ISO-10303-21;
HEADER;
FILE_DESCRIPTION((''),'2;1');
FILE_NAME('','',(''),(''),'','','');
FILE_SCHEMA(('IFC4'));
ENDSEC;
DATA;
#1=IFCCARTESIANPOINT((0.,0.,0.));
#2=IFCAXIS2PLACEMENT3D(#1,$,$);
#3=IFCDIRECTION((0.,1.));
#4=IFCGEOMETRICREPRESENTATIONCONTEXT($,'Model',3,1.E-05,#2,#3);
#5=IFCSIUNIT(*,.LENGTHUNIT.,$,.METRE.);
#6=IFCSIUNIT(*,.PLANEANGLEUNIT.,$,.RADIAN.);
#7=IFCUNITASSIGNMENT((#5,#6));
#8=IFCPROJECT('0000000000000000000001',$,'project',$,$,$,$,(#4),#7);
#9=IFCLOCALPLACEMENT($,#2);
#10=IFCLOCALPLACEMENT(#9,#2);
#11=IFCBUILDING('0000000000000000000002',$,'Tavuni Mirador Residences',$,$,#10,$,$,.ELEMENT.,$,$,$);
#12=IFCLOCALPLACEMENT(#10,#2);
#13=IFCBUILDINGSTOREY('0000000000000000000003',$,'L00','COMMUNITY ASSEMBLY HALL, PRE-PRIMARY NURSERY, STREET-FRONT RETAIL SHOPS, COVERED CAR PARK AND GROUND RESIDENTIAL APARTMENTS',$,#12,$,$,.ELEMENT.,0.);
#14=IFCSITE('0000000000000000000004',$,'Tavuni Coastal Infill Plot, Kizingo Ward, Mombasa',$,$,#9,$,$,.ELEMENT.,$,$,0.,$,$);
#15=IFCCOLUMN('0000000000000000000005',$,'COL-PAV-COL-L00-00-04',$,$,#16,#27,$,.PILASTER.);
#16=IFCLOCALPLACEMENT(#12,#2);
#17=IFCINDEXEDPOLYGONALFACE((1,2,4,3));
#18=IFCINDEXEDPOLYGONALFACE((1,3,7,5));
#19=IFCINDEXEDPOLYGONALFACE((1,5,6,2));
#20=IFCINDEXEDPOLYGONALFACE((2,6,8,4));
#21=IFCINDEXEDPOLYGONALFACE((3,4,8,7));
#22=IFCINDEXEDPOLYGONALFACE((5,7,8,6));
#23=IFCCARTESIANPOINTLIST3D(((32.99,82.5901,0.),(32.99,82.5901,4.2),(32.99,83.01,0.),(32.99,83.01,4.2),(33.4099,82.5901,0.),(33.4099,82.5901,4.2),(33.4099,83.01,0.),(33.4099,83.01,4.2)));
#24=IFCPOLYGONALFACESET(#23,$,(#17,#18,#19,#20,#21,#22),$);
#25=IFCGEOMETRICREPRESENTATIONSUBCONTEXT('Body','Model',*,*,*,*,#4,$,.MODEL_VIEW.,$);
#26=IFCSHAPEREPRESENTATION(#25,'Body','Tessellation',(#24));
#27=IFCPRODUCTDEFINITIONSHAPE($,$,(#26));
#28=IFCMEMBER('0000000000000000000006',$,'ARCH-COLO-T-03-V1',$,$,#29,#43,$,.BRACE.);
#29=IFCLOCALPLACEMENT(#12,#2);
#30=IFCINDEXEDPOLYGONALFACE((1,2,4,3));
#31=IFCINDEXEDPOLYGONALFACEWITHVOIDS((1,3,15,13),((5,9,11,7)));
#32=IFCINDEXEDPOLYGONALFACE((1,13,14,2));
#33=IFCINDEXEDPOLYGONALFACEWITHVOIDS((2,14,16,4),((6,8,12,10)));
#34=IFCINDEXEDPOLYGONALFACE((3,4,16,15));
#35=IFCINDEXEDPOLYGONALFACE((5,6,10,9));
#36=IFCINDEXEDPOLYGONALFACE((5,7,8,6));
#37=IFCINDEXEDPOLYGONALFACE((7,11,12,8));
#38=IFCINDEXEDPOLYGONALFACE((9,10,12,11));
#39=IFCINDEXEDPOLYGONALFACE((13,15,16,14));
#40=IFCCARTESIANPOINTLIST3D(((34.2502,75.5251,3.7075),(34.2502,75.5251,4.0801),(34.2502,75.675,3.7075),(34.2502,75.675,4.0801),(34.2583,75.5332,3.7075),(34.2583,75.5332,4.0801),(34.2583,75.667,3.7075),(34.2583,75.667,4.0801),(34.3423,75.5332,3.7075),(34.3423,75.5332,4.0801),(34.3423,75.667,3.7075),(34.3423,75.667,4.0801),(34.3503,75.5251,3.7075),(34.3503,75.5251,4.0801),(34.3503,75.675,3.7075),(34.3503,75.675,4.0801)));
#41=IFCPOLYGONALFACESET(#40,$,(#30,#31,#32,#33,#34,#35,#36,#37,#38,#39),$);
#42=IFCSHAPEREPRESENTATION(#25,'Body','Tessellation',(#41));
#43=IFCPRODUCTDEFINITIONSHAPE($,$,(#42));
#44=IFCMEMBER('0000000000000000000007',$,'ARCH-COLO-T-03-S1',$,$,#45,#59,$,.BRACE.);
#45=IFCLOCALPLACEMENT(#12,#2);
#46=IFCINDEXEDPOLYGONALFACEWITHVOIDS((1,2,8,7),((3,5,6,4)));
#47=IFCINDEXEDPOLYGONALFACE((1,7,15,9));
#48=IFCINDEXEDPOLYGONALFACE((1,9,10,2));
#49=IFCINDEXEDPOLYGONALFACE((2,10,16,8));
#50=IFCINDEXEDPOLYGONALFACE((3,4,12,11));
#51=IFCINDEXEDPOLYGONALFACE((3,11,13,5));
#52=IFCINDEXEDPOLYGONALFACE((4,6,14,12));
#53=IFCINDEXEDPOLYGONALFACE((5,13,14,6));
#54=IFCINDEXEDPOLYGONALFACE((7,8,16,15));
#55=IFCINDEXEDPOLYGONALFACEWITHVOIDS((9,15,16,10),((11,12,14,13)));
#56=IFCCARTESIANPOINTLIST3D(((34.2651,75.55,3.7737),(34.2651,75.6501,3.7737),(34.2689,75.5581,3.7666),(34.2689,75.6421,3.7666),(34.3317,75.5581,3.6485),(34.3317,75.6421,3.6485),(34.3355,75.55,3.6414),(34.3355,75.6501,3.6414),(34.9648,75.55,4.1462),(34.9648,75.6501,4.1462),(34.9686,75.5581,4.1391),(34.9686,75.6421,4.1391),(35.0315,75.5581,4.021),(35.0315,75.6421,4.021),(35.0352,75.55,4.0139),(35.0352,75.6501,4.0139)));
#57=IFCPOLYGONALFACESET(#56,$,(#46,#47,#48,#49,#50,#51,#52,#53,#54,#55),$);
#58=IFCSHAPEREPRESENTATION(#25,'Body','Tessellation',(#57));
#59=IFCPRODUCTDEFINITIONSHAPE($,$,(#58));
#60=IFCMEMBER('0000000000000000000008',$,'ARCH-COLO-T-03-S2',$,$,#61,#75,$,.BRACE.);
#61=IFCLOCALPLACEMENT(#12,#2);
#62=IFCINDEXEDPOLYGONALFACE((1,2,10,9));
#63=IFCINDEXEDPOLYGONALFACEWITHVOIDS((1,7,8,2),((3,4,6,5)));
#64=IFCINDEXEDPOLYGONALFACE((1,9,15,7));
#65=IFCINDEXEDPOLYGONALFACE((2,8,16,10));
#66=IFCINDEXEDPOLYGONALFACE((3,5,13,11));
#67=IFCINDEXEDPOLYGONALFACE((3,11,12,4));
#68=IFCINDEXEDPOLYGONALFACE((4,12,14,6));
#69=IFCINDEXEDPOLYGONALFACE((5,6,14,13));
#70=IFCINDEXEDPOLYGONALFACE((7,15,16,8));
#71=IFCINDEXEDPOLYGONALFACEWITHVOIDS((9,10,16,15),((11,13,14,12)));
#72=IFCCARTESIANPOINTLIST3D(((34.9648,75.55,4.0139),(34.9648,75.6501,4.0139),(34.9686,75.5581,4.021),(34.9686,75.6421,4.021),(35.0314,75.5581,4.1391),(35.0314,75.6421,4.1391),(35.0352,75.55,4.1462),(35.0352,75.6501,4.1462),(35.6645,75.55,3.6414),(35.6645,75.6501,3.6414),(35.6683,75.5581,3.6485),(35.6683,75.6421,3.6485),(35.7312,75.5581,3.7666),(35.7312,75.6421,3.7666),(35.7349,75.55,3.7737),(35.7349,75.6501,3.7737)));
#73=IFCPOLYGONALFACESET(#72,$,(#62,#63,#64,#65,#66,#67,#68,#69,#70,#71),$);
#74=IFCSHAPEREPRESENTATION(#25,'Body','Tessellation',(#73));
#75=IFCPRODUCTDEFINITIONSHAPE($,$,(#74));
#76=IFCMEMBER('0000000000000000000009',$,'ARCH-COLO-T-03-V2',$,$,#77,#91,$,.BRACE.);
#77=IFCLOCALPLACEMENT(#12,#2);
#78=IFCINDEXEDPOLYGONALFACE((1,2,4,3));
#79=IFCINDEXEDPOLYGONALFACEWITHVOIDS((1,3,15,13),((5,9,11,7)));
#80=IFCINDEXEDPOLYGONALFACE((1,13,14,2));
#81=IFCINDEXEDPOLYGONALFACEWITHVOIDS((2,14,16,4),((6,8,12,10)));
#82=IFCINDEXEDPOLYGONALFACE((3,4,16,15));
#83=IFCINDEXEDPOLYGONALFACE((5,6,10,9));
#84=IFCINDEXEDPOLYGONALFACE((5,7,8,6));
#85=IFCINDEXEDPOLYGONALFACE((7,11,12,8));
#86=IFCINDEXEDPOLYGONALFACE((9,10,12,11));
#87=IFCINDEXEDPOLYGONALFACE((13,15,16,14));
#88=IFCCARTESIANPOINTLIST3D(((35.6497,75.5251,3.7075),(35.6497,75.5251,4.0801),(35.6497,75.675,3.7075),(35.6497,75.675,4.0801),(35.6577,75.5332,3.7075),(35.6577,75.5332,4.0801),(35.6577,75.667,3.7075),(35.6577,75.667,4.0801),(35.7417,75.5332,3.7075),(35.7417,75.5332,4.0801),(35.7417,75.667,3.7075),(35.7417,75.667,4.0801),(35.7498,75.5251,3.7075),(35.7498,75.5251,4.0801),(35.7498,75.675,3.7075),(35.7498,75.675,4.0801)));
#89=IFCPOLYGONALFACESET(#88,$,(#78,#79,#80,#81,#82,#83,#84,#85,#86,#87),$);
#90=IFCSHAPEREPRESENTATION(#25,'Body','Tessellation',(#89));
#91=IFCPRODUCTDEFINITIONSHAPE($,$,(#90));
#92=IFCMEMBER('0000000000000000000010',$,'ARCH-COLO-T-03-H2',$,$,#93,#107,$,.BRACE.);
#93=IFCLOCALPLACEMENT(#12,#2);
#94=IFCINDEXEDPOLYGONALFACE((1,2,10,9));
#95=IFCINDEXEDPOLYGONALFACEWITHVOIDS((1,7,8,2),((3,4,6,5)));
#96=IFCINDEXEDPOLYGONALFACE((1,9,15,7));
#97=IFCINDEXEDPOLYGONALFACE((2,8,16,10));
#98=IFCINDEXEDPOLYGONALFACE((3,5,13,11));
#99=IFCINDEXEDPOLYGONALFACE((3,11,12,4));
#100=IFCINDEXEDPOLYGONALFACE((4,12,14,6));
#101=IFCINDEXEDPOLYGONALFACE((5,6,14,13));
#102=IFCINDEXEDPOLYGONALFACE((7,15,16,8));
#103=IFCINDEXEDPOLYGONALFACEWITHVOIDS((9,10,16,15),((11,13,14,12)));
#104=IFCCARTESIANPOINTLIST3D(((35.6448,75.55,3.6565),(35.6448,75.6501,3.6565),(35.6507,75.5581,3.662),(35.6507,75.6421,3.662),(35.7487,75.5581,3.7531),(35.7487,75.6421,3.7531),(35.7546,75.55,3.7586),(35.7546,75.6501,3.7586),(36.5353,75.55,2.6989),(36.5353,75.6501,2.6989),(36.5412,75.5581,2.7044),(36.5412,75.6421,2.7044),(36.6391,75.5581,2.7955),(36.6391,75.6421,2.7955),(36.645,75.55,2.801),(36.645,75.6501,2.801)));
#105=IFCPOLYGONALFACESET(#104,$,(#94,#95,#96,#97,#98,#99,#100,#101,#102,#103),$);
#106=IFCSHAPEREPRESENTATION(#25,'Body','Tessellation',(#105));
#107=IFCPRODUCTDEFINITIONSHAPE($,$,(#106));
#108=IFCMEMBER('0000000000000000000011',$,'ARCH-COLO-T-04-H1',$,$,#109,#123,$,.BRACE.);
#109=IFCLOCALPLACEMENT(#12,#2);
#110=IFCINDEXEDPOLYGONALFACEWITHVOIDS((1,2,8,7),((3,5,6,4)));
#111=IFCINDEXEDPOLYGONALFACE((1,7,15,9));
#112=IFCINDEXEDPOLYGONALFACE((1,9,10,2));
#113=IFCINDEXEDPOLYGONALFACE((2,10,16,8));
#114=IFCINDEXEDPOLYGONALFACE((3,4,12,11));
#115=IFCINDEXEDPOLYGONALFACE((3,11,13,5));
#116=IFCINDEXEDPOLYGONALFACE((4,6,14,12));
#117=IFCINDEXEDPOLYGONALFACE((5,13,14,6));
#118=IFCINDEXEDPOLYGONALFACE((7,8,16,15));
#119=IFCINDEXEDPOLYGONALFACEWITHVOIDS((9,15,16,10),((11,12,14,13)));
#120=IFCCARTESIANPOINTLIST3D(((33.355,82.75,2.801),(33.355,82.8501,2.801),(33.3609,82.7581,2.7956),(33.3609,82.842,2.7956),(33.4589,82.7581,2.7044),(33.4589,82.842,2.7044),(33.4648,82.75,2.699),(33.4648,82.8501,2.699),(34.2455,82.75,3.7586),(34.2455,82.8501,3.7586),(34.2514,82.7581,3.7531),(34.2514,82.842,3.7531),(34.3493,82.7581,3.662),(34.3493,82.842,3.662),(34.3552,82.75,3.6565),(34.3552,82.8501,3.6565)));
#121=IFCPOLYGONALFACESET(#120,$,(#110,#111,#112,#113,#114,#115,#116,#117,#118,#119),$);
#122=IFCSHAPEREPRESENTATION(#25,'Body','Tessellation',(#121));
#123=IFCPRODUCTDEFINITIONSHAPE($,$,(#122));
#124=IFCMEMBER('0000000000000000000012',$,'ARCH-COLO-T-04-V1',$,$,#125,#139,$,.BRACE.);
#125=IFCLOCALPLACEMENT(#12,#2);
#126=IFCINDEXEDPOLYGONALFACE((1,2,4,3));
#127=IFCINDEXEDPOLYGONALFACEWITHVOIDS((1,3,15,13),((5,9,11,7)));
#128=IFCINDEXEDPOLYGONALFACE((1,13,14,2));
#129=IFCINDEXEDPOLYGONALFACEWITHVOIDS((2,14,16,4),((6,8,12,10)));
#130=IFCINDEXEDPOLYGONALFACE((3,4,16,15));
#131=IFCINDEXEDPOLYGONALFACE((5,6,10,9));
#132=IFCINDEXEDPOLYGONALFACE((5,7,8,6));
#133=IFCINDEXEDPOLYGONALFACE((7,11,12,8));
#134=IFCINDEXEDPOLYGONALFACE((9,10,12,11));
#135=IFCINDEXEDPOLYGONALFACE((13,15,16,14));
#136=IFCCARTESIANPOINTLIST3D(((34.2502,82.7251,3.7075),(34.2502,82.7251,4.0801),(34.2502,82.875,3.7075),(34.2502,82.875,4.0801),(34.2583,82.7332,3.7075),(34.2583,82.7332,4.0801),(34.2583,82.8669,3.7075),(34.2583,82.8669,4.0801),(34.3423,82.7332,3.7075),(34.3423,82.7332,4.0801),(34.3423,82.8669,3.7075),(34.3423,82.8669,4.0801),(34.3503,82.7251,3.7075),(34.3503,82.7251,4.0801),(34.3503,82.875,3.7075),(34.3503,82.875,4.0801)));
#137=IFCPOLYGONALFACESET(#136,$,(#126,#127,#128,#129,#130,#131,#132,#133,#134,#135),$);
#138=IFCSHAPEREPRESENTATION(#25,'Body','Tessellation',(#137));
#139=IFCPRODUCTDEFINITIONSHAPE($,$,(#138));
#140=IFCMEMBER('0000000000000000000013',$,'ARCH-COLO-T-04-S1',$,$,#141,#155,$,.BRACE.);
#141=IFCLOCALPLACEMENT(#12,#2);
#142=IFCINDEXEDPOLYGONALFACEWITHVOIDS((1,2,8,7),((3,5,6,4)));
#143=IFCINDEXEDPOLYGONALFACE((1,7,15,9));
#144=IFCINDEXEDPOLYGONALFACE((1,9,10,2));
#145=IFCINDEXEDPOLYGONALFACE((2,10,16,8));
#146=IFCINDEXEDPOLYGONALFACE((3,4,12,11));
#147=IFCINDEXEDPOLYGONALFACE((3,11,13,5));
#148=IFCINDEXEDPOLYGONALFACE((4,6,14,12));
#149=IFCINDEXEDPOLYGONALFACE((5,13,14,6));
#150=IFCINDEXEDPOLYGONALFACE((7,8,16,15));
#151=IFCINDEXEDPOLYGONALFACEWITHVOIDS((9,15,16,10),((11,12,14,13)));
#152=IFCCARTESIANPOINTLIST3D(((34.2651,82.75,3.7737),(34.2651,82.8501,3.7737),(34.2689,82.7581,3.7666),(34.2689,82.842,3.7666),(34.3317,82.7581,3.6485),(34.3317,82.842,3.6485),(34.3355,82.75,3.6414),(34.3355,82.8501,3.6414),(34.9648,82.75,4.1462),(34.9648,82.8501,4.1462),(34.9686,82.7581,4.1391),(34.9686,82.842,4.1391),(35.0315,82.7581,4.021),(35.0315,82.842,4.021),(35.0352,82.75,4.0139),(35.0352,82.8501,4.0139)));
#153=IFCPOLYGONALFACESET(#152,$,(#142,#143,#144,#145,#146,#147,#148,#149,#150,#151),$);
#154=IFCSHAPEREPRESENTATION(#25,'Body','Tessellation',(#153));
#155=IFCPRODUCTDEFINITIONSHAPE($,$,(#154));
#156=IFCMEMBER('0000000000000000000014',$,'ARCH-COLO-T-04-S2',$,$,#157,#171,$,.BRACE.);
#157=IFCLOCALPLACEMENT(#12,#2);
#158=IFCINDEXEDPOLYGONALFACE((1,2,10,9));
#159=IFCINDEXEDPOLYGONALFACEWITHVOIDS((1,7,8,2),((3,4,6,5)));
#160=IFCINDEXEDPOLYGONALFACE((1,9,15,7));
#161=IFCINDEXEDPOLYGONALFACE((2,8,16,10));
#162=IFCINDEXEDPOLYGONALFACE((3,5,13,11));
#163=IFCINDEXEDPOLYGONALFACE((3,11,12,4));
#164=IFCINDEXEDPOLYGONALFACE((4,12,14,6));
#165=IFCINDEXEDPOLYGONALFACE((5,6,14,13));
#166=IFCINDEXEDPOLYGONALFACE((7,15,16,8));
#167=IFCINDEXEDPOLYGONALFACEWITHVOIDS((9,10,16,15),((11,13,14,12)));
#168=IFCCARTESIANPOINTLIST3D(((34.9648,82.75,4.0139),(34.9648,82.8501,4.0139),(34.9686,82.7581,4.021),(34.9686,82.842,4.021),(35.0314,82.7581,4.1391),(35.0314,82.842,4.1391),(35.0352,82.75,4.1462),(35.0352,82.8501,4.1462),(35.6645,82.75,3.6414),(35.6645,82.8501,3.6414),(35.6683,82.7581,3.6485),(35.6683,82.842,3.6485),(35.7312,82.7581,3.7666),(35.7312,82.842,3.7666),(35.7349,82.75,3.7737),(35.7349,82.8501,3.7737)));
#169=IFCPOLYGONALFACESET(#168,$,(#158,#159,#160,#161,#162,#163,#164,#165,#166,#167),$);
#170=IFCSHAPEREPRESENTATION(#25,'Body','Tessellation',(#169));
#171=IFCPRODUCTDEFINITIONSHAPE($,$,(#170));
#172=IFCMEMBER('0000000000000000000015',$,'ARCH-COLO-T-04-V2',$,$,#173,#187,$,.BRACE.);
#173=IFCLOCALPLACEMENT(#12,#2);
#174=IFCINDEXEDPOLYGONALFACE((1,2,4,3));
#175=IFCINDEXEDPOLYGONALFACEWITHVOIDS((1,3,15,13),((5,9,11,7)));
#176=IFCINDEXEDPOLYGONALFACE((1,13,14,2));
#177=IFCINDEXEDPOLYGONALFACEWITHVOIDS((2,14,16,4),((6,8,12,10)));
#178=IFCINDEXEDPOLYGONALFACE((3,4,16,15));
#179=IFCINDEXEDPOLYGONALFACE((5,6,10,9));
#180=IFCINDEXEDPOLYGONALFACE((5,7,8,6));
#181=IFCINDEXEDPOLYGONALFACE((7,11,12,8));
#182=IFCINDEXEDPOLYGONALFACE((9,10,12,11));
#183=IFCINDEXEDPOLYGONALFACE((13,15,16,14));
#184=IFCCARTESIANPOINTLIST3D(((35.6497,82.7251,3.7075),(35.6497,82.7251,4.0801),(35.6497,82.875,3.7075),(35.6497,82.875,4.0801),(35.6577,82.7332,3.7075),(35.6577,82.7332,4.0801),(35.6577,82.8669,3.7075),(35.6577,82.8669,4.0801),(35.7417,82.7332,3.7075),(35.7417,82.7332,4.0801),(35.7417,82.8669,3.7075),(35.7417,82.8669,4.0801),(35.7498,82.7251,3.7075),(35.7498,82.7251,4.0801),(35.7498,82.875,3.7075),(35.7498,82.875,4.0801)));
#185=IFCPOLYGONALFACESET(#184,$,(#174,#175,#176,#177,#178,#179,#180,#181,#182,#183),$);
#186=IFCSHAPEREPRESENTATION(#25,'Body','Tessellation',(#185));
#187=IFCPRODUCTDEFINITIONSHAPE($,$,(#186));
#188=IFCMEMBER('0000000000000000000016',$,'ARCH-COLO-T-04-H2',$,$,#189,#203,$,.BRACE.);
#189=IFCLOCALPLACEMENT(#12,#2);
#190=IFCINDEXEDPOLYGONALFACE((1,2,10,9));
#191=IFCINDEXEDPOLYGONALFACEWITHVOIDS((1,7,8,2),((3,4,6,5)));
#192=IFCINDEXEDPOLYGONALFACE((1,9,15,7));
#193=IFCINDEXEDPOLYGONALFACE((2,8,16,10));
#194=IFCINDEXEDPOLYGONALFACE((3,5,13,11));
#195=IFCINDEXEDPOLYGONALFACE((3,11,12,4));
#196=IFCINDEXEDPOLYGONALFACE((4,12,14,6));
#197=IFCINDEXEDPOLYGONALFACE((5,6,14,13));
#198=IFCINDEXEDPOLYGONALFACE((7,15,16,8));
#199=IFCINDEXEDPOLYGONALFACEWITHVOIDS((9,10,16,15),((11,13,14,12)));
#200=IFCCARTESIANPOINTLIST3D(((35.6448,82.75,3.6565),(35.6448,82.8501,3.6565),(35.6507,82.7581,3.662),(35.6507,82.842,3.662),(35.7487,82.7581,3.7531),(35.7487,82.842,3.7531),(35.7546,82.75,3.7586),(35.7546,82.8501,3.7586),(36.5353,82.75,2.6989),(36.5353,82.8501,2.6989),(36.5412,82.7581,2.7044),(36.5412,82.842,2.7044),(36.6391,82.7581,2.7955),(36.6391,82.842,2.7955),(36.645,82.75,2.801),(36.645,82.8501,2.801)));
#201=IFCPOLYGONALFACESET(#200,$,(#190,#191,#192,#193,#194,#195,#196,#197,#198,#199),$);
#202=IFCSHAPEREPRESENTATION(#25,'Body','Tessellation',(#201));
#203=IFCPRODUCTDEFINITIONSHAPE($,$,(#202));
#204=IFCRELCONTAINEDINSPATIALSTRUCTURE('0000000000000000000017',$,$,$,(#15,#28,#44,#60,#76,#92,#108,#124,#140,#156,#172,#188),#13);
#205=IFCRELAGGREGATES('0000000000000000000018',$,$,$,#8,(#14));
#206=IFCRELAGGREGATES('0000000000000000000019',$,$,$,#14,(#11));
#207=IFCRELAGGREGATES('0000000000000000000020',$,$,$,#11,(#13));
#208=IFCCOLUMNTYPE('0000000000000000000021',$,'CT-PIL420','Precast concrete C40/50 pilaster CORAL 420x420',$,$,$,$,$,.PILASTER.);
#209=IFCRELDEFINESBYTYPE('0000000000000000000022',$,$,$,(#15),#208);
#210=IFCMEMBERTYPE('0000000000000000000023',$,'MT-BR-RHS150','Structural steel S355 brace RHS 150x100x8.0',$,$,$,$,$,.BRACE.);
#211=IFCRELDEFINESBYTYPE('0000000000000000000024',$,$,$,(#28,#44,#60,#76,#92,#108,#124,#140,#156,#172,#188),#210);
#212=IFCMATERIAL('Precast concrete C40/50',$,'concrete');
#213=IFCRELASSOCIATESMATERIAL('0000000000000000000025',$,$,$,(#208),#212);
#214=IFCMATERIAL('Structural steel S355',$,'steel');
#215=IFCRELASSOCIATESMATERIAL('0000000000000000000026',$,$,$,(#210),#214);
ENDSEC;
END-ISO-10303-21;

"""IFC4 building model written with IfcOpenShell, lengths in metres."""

from ifc_helpers import new_model, si_unit, direction, frame, origin, origin_2d, place, context, subcontext, project, spatial, rectangle, hollow_rectangle, extrude, material, material_profile, profile_set, type_object, element, save


model = new_model("IFC4")

# Units and contexts
model_context = context("Model", 3, precision=1e-05, world=origin(), true_north=direction((0.0, 1.0)))
body_context = subcontext(model_context, "Body", "Model", "MODEL_VIEW")
ifc_project = project(units=[si_unit("LENGTHUNIT", "METRE"), si_unit("PLANEANGLEUNIT", "RADIAN")], contexts=[model_context])

# Site, building, storey
site_placement = place(None, origin())
site = spatial("IfcSite", under=ifc_project, at=site_placement, Name="Tavuni Coastal Infill Plot, Kizingo Ward, Mombasa", CompositionType="ELEMENT", RefElevation=0.0)
building_placement = place(site_placement, origin())
building = spatial("IfcBuilding", under=site, at=building_placement, Name="Tavuni Mirador Residences", CompositionType="ELEMENT")
storey_placement = place(building_placement, origin())
storey = spatial("IfcBuildingStorey", under=building, at=storey_placement, Name="L00", Description="COMMUNITY ASSEMBLY HALL, PRE-PRIMARY NURSERY, STREET-FRONT RETAIL SHOPS, COVERED CAR PARK AND GROUND RESIDENTIAL APARTMENTS", CompositionType="ELEMENT", Elevation=0.0)

# Column
ifc_material_1 = material(Name="Precast concrete C40/50", Category="concrete")
ifc_material_profile_1 = material_profile(ifc_material_1, rectangle(XDim=0.4199, YDim=0.4199, at=origin_2d()), Name="CORAL 420x420", Category="concrete")
ifc_profile_set_1 = profile_set([ifc_material_profile_1], Name="Precast concrete C40/50")
column_type = type_object("IfcColumnType", Name="CT-PIL420", Description="Precast concrete C40/50 pilaster CORAL 420x420", PredefinedType="PILASTER", material=ifc_profile_set_1)
column_placement = place(storey_placement, frame((33.2, 82.8, 0.0), z_axis=(0.0, 0.0, 1.0), x_axis=(1.0, 0.0, 0.0)))
element("IfcColumn", 1, at=column_placement, inside=storey, type_object=column_type, Name="COL-PAV-COL-L00-00-04", PredefinedType="PILASTER", context=body_context, shape_type="SweptSolid", body=[
    extrude(rectangle(XDim=0.4199, YDim=0.4199, at=origin_2d()), origin(), (0.0, 0.0, 1.0), 4.2),
])

# Members
ifc_material_2 = material(Name="Structural steel S355", Category="steel")
ifc_material_profile_2 = material_profile(ifc_material_2, hollow_rectangle(XDim=0.1001, YDim=0.1499, WallThickness=0.0081, at=origin_2d()), Name="RHS 150x100x8.0", Category="steel")
ifc_profile_set_2 = profile_set([ifc_material_profile_2], Name="Structural steel S355")
member_type_1 = type_object("IfcMemberType", Name="MT-BR-RHS150", Description="Structural steel S355 brace RHS 150x100x8.0", PredefinedType="BRACE", material=ifc_profile_set_2)
member_1_placement = place(storey_placement, frame((34.3003, 75.6001, 3.7075), z_axis=(0.0, 0.0, 1.0), x_axis=(1.0, 0.0, 0.0)))
element("IfcMember", 2, at=member_1_placement, inside=storey, type_object=member_type_1, Name="ARCH-COLO-T-03-V1", PredefinedType="BRACE", context=body_context, shape_type="SweptSolid", body=[
    extrude(hollow_rectangle(XDim=0.1001, YDim=0.1499, WallThickness=0.0081, at=origin_2d()), origin(), (0.0, 0.0, 1.0), 0.3726),
])
for number, where, z_axis, x_axis, name in (
    (3, (34.3003, 75.6001, 3.7075), (0.882677, 0.0, 0.469981), (0.0, 1.0, 0.0), "ARCH-COLO-T-03-S1"),
    (4, (35.0, 75.6001, 4.0801), (0.882677, 0.0, -0.469981), (0.0, 1.0, 0.0), "ARCH-COLO-T-03-S2"),
):
    element("IfcMember", number, at=place(storey_placement, frame(where, z_axis=z_axis, x_axis=x_axis)), inside=storey, type_object=member_type_1, Name=name, PredefinedType="BRACE", context=body_context, shape_type="SweptSolid", body=[
        extrude(hollow_rectangle(XDim=0.1001, YDim=0.1499, WallThickness=0.0081, at=origin_2d()), origin(), (0.0, 0.0, 1.0), 0.7927),
    ])
member_2_placement = place(storey_placement, frame((35.6997, 75.6001, 3.7075), z_axis=(0.0, 0.0, 1.0), x_axis=(1.0, 0.0, 0.0)))
element("IfcMember", 5, at=member_2_placement, inside=storey, type_object=member_type_1, Name="ARCH-COLO-T-03-V2", PredefinedType="BRACE", context=body_context, shape_type="SweptSolid", body=[
    extrude(hollow_rectangle(XDim=0.1001, YDim=0.1499, WallThickness=0.0081, at=origin_2d()), origin(), (0.0, 0.0, 1.0), 0.3726),
])
for number, where, z_axis, x_axis, name in (
    (6, (35.6997, 75.6001, 3.7075), (0.680967, 0.0, -0.732314), (0.0, 1.0, 0.0), "ARCH-COLO-T-03-H2"),
    (7, (33.4099, 82.8, 2.75), (0.680967, 0.0, 0.732314), (0.0, 1.0, 0.0), "ARCH-COLO-T-04-H1"),
):
    element("IfcMember", number, at=place(storey_placement, frame(where, z_axis=z_axis, x_axis=x_axis)), inside=storey, type_object=member_type_1, Name=name, PredefinedType="BRACE", context=body_context, shape_type="SweptSolid", body=[
        extrude(hollow_rectangle(XDim=0.1001, YDim=0.1499, WallThickness=0.0081, at=origin_2d()), origin(), (0.0, 0.0, 1.0), 1.3076),
    ])
member_3_placement = place(storey_placement, frame((34.3003, 82.8, 3.7075), z_axis=(0.0, 0.0, 1.0), x_axis=(1.0, 0.0, 0.0)))
element("IfcMember", 8, at=member_3_placement, inside=storey, type_object=member_type_1, Name="ARCH-COLO-T-04-V1", PredefinedType="BRACE", context=body_context, shape_type="SweptSolid", body=[
    extrude(hollow_rectangle(XDim=0.1001, YDim=0.1499, WallThickness=0.0081, at=origin_2d()), origin(), (0.0, 0.0, 1.0), 0.3726),
])
for number, where, z_axis, x_axis, name in (
    (9, (34.3003, 82.8, 3.7075), (0.882677, 0.0, 0.469981), (0.0, 1.0, 0.0), "ARCH-COLO-T-04-S1"),
    (10, (35.0, 82.8, 4.0801), (0.882677, 0.0, -0.469981), (0.0, 1.0, 0.0), "ARCH-COLO-T-04-S2"),
):
    element("IfcMember", number, at=place(storey_placement, frame(where, z_axis=z_axis, x_axis=x_axis)), inside=storey, type_object=member_type_1, Name=name, PredefinedType="BRACE", context=body_context, shape_type="SweptSolid", body=[
        extrude(hollow_rectangle(XDim=0.1001, YDim=0.1499, WallThickness=0.0081, at=origin_2d()), origin(), (0.0, 0.0, 1.0), 0.7927),
    ])
member_4_placement = place(storey_placement, frame((35.6997, 82.8, 3.7075), z_axis=(0.0, 0.0, 1.0), x_axis=(1.0, 0.0, 0.0)))
element("IfcMember", 11, at=member_4_placement, inside=storey, type_object=member_type_1, Name="ARCH-COLO-T-04-V2", PredefinedType="BRACE", context=body_context, shape_type="SweptSolid", body=[
    extrude(hollow_rectangle(XDim=0.1001, YDim=0.1499, WallThickness=0.0081, at=origin_2d()), origin(), (0.0, 0.0, 1.0), 0.3726),
])
member_5_placement = place(storey_placement, frame((35.6997, 82.8, 3.7075), z_axis=(0.680967, 0.0, -0.732314), x_axis=(0.0, 1.0, 0.0)))
element("IfcMember", 12, at=member_5_placement, inside=storey, type_object=member_type_1, Name="ARCH-COLO-T-04-H2", PredefinedType="BRACE", context=body_context, shape_type="SweptSolid", body=[
    extrude(hollow_rectangle(XDim=0.1001, YDim=0.1499, WallThickness=0.0081, at=origin_2d()), origin(), (0.0, 0.0, 1.0), 1.3076),
])

save(model, "model.ifc")
